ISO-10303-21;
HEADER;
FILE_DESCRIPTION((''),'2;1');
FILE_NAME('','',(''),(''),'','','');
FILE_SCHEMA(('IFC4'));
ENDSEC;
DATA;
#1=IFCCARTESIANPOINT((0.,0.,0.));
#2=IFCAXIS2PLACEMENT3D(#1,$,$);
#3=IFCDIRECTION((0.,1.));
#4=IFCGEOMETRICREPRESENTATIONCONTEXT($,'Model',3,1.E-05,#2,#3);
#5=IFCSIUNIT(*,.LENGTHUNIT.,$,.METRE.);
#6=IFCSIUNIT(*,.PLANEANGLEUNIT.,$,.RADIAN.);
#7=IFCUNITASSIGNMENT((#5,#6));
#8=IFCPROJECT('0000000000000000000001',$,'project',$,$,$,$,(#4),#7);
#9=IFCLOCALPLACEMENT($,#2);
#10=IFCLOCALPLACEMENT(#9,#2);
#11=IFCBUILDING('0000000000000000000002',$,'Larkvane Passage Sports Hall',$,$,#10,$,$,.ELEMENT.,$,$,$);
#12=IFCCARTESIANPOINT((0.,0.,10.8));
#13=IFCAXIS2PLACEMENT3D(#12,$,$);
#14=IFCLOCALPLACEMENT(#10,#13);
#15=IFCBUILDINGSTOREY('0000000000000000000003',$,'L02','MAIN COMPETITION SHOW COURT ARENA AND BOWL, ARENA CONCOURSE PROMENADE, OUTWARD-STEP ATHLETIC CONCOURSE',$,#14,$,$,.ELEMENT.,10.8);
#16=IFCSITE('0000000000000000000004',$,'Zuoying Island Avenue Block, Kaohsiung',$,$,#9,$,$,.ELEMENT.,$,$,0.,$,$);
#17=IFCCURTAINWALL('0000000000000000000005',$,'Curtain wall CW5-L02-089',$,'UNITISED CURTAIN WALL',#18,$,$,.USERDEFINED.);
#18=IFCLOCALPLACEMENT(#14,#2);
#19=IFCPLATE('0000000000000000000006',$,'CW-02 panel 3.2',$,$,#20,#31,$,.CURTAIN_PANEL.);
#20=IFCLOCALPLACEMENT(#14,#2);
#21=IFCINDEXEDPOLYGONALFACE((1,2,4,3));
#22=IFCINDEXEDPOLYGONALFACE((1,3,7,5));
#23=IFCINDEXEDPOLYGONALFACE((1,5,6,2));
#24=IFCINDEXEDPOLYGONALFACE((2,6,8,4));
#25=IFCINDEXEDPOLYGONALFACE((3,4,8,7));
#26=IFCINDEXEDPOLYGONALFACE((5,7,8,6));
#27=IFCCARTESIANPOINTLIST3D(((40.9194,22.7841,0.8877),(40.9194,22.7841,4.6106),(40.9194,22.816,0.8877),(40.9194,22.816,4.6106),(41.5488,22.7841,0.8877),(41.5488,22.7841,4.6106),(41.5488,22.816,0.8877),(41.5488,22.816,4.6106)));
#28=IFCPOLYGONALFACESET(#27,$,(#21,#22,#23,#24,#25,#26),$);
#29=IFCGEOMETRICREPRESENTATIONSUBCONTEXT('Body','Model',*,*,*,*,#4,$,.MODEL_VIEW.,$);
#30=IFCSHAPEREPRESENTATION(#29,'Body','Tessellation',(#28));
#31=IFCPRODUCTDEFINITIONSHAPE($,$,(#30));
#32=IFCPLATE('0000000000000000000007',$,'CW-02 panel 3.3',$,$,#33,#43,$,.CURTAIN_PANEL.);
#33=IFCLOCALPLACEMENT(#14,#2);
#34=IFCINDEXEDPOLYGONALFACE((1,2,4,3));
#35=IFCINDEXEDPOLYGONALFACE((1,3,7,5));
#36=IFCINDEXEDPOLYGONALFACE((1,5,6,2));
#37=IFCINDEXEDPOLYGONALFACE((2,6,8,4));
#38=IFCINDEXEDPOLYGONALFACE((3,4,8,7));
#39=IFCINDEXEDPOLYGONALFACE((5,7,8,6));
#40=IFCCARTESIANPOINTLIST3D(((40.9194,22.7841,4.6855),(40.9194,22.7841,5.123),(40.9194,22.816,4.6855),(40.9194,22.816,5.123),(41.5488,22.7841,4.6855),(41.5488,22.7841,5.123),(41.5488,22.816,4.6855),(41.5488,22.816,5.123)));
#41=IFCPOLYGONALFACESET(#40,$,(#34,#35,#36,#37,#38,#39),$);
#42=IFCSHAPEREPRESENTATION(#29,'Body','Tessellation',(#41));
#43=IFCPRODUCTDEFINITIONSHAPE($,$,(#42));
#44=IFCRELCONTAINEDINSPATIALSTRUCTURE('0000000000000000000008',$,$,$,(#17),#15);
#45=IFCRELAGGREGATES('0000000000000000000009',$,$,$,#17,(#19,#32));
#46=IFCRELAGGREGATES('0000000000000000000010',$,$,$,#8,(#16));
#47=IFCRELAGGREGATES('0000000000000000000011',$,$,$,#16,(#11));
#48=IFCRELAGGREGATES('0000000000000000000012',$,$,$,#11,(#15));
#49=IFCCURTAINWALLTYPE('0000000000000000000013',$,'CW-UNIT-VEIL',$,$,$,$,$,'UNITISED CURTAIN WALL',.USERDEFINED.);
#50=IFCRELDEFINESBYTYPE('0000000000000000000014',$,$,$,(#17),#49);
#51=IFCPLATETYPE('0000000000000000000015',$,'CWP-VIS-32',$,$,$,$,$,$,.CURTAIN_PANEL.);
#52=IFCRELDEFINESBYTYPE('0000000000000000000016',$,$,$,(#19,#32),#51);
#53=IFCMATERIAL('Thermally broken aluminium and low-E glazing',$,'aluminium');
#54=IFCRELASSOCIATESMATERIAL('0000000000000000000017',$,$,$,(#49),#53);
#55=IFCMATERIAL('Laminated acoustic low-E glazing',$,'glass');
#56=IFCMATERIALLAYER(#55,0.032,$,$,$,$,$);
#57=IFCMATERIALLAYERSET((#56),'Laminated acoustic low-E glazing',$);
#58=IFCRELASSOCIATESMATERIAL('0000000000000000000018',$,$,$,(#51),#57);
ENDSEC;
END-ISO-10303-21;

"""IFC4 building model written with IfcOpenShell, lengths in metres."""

from ifc_helpers import new_model, si_unit, direction, frame, origin, origin_2d, place, context, subcontext, project, spatial, rectangle, extrude, material, layer, layer_set, type_object, element, aggregate, save


model = new_model("IFC4")

# Units and contexts
model_context = context("Model", 3, precision=1e-05, world=origin(), true_north=direction((0.0, 1.0)))
body_context = subcontext(model_context, "Body", "Model", "MODEL_VIEW")
ifc_project = project(units=[si_unit("LENGTHUNIT", "METRE"), si_unit("PLANEANGLEUNIT", "RADIAN")], contexts=[model_context])

# Site, building, storey
site_placement = place(None, origin())
site = spatial("IfcSite", under=ifc_project, at=site_placement, Name="Zuoying Island Avenue Block, Kaohsiung", CompositionType="ELEMENT", RefElevation=0.0)
building_placement = place(site_placement, origin())
building = spatial("IfcBuilding", under=site, at=building_placement, Name="Larkvane Passage Sports Hall", CompositionType="ELEMENT")
storey_placement = place(building_placement, frame((0.0, 0.0, 10.8)))
storey = spatial("IfcBuildingStorey", under=building, at=storey_placement, Name="L02", Description="MAIN COMPETITION SHOW COURT ARENA AND BOWL, ARENA CONCOURSE PROMENADE, OUTWARD-STEP ATHLETIC CONCOURSE", CompositionType="ELEMENT", Elevation=10.8)

# Curtain wall, plates
ifc_material_1 = material(Name="Thermally broken aluminium and low-E glazing", Category="aluminium")
curtain_wall_type = type_object("IfcCurtainWallType", Name="CW-UNIT-VEIL", ElementType="UNITISED CURTAIN WALL", PredefinedType="USERDEFINED", material=ifc_material_1)
curtain_wall_placement = place(storey_placement, origin())
curtain_wall = element("IfcCurtainWall", 1, at=curtain_wall_placement, inside=storey, type_object=curtain_wall_type, Name="Curtain wall CW5-L02-089", ObjectType="UNITISED CURTAIN WALL", PredefinedType="USERDEFINED")
ifc_material_2 = material(Name="Laminated acoustic low-E glazing", Category="glass")
ifc_layer_1 = layer(ifc_material_2, 0.032)
ifc_layer_set_1 = layer_set([ifc_layer_1], Name="Laminated acoustic low-E glazing")
plate_type_1 = type_object("IfcPlateType", Name="CWP-VIS-32", PredefinedType="CURTAIN_PANEL", material=ifc_layer_set_1)
plate_1_placement = place(storey_placement, frame((41.2341, 22.8, 0.8877), z_axis=(0.0, 0.0, 1.0), x_axis=(-1.0, 0.0, 0.0)))
plate_1 = element("IfcPlate", 2, at=plate_1_placement, type_object=plate_type_1, Name="CW-02 panel 3.2", PredefinedType="CURTAIN_PANEL", context=body_context, shape_type="SweptSolid", body=[
    extrude(rectangle(XDim=0.6294, YDim=0.032, at=origin_2d()), origin(), (0.0, 0.0, 1.0), 3.7229),
])
plate_2_placement = place(storey_placement, frame((41.2341, 22.8, 4.6855), z_axis=(0.0, 0.0, 1.0), x_axis=(-1.0, 0.0, 0.0)))
plate_2 = element("IfcPlate", 3, at=plate_2_placement, type_object=plate_type_1, Name="CW-02 panel 3.3", PredefinedType="CURTAIN_PANEL", context=body_context, shape_type="SweptSolid", body=[
    extrude(rectangle(XDim=0.6294, YDim=0.032, at=origin_2d()), origin(), (0.0, 0.0, 1.0), 0.4375),
])
aggregate(curtain_wall, [plate_1, plate_2])

save(model, "model.ifc")
